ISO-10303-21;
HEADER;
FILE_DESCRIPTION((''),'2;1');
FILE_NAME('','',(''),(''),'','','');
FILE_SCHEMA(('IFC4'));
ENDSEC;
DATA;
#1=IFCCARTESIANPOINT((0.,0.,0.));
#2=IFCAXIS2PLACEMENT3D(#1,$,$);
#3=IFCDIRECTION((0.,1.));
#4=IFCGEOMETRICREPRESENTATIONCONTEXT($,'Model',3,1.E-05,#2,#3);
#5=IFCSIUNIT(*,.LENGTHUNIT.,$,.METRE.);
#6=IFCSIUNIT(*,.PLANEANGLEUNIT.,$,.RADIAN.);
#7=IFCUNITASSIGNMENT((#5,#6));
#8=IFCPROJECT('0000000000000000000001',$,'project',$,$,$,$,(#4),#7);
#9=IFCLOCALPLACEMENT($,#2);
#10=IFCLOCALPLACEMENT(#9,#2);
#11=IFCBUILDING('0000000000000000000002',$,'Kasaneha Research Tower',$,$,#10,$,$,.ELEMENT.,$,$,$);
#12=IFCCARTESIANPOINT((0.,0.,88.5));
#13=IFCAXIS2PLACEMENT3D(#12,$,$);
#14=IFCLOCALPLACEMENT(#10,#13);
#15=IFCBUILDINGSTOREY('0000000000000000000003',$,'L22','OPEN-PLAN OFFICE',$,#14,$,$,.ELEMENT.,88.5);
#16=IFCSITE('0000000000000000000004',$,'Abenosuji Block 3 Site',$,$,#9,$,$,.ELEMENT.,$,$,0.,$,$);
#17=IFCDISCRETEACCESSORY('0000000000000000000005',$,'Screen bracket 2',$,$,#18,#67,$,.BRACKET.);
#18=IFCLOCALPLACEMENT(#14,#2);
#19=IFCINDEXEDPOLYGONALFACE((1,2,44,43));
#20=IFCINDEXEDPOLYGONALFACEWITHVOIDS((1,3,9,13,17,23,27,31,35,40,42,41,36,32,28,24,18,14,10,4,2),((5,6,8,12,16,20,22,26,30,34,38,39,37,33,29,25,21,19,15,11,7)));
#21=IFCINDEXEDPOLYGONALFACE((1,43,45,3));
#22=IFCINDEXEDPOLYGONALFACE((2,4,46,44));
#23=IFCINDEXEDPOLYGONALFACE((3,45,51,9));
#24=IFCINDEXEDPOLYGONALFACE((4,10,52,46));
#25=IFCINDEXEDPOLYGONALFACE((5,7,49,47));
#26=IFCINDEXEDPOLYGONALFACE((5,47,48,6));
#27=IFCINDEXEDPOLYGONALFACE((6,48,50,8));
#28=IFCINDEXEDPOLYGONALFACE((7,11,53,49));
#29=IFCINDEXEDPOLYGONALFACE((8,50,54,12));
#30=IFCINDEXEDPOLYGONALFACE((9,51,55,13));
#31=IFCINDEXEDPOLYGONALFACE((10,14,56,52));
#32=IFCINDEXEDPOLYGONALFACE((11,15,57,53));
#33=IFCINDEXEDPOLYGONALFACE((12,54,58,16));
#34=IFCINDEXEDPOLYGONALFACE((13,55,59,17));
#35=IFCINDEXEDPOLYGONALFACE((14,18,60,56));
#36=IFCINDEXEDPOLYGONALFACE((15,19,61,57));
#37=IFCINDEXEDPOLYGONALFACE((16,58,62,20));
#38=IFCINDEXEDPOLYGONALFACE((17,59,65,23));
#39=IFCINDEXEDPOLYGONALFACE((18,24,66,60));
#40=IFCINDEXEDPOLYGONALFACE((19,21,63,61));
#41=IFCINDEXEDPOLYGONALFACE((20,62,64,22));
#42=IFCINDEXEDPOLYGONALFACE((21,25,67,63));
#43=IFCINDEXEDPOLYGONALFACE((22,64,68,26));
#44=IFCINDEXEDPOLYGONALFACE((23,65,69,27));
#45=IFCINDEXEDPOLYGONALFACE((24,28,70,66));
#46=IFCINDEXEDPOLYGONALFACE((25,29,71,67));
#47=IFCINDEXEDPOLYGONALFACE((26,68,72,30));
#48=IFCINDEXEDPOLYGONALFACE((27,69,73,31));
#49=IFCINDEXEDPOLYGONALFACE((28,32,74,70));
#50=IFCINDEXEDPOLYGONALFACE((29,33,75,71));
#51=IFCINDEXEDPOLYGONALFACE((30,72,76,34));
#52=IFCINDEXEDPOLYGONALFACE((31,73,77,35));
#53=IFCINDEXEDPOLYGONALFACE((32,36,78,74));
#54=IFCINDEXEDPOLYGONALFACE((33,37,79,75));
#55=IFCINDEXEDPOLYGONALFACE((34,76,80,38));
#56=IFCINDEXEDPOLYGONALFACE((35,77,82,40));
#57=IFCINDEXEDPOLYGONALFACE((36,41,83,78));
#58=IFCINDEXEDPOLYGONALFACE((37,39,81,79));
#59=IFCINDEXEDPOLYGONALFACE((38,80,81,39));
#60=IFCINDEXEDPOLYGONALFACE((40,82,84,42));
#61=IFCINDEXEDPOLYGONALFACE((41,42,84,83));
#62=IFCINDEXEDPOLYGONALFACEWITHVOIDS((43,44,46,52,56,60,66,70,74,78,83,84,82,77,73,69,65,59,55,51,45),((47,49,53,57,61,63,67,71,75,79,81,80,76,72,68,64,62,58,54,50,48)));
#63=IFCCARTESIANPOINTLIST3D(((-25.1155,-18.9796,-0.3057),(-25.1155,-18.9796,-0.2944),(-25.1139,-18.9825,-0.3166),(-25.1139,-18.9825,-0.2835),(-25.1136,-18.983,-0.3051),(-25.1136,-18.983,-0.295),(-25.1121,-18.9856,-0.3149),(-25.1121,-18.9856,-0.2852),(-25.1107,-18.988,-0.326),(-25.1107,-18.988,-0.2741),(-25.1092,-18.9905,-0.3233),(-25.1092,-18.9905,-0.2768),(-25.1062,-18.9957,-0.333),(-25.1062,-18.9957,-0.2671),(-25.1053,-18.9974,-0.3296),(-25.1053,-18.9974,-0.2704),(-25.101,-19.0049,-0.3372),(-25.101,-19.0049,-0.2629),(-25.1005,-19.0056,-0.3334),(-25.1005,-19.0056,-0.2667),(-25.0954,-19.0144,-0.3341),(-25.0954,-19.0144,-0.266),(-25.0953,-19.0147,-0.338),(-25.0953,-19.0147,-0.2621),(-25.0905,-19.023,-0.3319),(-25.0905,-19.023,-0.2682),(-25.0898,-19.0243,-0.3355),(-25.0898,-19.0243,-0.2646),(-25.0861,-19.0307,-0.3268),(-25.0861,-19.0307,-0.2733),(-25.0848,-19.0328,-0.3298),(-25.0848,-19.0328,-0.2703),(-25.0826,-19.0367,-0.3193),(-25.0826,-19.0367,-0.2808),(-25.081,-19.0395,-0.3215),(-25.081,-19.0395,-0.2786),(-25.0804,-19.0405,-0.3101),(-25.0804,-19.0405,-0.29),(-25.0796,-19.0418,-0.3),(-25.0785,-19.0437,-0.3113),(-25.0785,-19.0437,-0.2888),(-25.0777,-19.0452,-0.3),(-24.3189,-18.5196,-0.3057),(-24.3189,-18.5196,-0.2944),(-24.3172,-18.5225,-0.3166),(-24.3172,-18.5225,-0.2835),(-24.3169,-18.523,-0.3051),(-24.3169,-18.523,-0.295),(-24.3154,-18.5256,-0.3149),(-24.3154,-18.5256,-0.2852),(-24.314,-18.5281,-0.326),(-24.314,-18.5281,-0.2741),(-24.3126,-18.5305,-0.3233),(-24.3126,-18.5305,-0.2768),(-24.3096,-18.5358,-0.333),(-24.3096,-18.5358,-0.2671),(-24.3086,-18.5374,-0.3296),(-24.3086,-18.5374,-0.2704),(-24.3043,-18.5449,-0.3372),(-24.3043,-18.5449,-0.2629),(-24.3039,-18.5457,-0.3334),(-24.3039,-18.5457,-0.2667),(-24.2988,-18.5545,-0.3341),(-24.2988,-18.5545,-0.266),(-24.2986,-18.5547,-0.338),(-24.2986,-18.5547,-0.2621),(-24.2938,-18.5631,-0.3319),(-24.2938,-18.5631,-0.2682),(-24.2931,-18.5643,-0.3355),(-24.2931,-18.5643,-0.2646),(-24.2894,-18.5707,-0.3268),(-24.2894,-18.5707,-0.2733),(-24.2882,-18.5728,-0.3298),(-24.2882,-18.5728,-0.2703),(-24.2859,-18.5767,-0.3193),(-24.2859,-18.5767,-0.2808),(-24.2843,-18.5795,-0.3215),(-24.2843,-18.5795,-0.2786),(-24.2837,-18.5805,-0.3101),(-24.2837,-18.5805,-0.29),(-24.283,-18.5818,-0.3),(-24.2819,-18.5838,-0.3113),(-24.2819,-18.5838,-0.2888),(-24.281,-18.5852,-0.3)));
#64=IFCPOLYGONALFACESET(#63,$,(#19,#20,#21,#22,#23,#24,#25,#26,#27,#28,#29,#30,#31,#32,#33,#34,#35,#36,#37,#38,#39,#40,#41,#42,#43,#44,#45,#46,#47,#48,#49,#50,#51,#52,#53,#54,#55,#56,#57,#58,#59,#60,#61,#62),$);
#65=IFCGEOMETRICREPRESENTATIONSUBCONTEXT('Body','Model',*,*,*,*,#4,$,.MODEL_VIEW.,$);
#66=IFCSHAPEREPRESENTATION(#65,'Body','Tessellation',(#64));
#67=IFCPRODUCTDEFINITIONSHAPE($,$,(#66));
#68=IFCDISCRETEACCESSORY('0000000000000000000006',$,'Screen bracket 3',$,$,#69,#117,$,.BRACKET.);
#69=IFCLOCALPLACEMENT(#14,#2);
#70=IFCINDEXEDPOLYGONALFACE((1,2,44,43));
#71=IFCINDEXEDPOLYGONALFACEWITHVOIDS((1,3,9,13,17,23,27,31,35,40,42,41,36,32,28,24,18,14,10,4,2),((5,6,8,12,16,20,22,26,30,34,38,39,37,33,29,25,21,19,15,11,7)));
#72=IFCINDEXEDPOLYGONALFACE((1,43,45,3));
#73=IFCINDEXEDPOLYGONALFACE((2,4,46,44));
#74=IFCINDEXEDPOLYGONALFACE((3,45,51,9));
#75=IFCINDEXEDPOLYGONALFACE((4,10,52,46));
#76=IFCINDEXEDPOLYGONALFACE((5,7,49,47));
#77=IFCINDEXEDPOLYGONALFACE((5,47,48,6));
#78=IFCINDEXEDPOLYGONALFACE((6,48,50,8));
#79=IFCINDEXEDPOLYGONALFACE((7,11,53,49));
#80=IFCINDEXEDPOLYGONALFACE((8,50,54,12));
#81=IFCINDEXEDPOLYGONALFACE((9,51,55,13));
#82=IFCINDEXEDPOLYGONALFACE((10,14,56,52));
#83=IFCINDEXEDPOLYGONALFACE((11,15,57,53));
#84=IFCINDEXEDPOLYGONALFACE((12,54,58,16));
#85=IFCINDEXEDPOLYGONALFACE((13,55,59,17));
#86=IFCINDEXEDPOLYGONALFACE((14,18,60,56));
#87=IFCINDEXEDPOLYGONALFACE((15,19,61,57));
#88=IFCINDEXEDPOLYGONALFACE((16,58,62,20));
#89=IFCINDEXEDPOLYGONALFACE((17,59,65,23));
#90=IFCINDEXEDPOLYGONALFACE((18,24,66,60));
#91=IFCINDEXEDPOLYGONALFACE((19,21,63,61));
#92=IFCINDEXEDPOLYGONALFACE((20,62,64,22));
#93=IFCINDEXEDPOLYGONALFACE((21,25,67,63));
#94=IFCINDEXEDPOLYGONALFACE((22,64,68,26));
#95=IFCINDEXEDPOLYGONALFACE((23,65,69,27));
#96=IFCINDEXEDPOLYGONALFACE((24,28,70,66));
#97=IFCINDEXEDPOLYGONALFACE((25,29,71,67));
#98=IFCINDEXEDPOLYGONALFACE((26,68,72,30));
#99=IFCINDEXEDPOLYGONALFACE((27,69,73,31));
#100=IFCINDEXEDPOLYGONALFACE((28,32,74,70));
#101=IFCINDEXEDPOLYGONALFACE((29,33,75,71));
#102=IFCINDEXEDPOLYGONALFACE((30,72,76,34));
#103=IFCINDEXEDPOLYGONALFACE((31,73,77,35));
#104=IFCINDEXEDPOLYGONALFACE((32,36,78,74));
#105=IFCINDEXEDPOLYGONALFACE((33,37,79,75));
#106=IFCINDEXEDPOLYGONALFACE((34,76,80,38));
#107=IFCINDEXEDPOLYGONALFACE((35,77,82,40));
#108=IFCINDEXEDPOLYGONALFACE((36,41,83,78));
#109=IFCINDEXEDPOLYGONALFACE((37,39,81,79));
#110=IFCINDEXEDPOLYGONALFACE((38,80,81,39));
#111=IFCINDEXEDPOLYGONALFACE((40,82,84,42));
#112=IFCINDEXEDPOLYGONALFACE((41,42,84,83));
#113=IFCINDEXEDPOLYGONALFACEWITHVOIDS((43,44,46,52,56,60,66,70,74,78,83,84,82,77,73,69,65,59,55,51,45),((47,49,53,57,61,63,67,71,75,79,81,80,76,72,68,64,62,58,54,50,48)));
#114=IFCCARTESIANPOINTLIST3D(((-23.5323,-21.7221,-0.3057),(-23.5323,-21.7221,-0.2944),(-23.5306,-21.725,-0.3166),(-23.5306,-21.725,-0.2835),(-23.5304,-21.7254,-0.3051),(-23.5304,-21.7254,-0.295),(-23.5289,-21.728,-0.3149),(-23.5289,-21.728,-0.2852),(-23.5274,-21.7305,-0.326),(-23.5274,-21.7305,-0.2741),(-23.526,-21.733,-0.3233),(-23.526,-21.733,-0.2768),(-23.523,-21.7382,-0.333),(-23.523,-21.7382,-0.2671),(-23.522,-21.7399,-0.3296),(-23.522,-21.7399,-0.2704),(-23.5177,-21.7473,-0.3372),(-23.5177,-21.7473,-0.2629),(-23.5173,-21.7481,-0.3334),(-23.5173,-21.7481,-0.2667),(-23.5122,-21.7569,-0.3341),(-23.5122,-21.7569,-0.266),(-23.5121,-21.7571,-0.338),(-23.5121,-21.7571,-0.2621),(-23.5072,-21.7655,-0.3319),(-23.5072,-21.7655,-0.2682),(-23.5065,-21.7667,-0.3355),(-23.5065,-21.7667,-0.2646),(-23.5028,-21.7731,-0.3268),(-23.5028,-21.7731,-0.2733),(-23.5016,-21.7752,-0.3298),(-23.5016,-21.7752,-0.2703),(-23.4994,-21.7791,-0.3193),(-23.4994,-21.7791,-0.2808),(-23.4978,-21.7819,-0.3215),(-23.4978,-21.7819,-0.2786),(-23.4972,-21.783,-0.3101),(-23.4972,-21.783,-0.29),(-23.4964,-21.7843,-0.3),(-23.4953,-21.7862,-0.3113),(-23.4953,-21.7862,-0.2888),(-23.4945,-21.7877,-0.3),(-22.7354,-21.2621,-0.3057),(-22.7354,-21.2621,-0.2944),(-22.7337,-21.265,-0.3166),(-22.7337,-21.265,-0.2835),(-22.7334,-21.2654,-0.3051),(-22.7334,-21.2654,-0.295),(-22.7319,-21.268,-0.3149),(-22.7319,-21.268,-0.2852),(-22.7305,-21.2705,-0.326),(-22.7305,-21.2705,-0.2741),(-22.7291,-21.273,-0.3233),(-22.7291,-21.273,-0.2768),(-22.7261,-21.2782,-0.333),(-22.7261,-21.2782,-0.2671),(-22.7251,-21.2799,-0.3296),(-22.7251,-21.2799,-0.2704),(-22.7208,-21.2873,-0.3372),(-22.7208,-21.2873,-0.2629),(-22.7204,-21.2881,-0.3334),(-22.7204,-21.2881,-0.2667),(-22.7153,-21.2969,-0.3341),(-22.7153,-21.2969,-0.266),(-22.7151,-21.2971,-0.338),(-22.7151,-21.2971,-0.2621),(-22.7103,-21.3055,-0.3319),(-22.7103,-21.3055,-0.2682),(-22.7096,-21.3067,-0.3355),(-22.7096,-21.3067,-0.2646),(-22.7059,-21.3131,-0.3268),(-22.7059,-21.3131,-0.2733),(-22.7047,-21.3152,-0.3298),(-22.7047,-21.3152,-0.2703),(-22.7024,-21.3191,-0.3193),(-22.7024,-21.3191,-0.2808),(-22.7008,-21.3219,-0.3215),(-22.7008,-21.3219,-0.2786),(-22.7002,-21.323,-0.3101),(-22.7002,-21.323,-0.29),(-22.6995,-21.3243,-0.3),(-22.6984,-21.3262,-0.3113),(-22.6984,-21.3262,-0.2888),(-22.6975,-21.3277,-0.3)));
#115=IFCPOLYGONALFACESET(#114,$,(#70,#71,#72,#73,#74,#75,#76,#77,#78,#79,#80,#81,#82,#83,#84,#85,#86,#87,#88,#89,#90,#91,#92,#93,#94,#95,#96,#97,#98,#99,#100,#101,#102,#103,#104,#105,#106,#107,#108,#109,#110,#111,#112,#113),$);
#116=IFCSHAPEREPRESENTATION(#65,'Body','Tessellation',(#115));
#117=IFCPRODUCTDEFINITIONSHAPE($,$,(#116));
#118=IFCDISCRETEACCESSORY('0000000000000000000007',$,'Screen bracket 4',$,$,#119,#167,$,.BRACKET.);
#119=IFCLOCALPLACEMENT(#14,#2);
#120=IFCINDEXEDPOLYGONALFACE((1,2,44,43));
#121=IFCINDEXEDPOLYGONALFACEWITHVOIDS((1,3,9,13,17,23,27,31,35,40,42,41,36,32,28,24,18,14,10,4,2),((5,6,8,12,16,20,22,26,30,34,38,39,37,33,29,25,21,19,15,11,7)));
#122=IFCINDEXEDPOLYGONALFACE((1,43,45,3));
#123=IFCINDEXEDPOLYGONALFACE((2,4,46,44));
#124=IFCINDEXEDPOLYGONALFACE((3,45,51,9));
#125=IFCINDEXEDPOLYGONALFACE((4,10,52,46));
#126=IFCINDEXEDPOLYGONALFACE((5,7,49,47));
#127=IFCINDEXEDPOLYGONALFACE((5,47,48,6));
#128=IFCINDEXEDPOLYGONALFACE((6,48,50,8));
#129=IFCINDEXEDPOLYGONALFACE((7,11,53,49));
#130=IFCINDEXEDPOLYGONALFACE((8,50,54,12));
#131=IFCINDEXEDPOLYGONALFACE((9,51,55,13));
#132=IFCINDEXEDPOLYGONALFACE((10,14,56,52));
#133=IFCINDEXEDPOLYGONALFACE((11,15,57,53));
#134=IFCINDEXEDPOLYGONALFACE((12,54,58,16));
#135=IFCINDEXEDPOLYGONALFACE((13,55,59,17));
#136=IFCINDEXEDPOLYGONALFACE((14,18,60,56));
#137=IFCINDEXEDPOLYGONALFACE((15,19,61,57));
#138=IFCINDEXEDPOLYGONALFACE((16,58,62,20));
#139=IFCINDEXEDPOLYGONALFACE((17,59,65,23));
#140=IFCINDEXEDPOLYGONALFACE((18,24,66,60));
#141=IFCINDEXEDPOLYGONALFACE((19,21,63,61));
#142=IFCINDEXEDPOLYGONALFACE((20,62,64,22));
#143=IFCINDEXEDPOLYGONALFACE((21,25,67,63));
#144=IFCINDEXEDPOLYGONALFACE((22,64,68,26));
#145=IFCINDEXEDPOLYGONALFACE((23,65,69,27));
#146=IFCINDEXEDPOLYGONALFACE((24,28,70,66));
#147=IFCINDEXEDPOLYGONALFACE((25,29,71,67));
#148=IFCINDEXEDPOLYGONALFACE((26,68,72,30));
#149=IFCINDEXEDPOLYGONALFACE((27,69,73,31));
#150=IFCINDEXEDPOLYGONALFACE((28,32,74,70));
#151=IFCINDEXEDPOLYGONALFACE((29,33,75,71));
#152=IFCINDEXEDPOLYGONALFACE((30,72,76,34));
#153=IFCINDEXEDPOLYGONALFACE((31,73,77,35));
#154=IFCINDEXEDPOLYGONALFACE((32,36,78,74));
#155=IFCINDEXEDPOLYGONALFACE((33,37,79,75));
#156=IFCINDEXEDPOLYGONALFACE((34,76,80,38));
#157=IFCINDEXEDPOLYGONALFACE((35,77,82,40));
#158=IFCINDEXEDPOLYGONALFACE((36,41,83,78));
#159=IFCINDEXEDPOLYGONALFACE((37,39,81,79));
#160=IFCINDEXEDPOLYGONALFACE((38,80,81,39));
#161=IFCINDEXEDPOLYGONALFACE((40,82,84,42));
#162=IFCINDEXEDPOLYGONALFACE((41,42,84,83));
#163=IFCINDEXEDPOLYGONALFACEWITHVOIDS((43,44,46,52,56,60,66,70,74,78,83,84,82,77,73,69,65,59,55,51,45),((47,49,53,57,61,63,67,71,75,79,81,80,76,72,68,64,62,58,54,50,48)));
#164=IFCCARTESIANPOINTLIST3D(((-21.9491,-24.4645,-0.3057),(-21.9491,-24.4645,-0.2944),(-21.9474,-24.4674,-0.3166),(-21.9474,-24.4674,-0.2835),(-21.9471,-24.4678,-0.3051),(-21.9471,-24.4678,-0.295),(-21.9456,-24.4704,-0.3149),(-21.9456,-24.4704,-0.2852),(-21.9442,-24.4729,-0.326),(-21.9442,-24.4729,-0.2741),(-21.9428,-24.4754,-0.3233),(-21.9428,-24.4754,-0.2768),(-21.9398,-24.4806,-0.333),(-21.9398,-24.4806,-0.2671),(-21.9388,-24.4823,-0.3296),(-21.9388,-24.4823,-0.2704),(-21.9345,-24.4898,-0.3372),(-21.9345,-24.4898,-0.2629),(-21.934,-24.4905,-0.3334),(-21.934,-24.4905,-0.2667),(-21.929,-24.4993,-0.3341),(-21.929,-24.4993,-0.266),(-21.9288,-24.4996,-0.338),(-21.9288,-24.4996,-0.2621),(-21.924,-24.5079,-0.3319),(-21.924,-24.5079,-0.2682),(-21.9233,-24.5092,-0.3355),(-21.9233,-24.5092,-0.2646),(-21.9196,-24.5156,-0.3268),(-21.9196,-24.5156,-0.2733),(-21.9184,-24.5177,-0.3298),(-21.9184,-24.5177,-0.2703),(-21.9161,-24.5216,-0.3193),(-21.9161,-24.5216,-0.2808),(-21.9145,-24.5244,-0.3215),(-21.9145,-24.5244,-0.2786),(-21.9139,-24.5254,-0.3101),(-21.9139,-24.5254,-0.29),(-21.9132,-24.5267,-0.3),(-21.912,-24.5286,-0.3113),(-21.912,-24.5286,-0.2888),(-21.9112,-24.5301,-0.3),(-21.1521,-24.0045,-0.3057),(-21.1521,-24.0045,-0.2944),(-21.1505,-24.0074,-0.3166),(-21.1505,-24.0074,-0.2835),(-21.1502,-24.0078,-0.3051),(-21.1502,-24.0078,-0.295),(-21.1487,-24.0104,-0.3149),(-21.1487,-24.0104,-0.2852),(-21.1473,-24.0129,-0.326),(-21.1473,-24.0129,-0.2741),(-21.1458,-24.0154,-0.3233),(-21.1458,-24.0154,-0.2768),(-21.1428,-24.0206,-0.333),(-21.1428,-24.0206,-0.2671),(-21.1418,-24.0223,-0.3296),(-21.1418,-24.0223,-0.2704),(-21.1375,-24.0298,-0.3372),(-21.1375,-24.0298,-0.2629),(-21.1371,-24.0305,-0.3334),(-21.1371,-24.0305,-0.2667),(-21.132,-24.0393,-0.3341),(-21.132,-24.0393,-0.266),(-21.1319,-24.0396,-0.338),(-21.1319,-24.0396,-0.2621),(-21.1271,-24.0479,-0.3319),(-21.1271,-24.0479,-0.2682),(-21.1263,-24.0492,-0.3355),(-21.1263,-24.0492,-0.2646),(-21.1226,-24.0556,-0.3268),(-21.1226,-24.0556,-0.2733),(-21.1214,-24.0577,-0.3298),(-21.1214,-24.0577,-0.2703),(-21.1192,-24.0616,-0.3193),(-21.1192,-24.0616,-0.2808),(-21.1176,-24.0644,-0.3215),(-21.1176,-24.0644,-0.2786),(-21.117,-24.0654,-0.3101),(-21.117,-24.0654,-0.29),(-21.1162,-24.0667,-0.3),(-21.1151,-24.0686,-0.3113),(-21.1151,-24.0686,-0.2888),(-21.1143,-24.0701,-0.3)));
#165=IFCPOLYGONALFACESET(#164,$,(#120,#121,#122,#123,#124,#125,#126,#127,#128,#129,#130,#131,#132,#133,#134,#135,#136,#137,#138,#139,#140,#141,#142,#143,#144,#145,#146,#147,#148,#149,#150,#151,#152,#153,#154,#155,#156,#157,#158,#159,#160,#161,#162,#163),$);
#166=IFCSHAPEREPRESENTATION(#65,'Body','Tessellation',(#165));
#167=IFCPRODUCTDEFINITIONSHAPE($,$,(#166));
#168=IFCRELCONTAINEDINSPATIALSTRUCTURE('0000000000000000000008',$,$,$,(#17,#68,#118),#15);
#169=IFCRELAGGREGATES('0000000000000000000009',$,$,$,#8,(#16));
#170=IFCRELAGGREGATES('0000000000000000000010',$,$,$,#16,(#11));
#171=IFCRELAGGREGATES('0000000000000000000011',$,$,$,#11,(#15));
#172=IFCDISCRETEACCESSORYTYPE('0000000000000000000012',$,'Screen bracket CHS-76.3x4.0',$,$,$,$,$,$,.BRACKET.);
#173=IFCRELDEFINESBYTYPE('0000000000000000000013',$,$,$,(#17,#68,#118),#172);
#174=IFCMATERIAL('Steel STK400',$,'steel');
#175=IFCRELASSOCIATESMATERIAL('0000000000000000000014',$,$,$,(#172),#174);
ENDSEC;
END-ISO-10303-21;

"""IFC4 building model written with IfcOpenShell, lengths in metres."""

from ifc_helpers import new_model, si_unit, direction, frame, origin, origin_2d, place, context, subcontext, project, spatial, hollow_circle, extrude, material, material_profile, profile_set, type_object, element, save


model = new_model("IFC4")

# Units and contexts
model_context = context("Model", 3, precision=1e-05, world=origin(), true_north=direction((0.0, 1.0)))
body_context = subcontext(model_context, "Body", "Model", "MODEL_VIEW")
ifc_project = project(units=[si_unit("LENGTHUNIT", "METRE"), si_unit("PLANEANGLEUNIT", "RADIAN")], contexts=[model_context])

# Site, building, storey
site_placement = place(None, origin())
site = spatial("IfcSite", under=ifc_project, at=site_placement, Name="Abenosuji Block 3 Site", CompositionType="ELEMENT", RefElevation=0.0)
building_placement = place(site_placement, origin())
building = spatial("IfcBuilding", under=site, at=building_placement, Name="Kasaneha Research Tower", CompositionType="ELEMENT")
storey_placement = place(building_placement, frame((0.0, 0.0, 88.5)))
storey = spatial("IfcBuildingStorey", under=building, at=storey_placement, Name="L22", Description="OPEN-PLAN OFFICE", CompositionType="ELEMENT", Elevation=88.5)

# Discrete accessories
ifc_material_1 = material(Name="Steel STK400", Category="steel")
ifc_material_profile_1 = material_profile(ifc_material_1, hollow_circle(Radius=0.0381, WallThickness=0.0039, at=origin_2d()), Name="CHS-76.3x4.0")
ifc_profile_set_1 = profile_set([ifc_material_profile_1], Name="Steel STK400")
discrete_accessory_type = type_object("IfcDiscreteAccessoryType", Name="Screen bracket CHS-76.3x4.0", PredefinedType="BRACKET", material=ifc_profile_set_1)
discrete_accessory_1_placement = place(storey_placement, frame((-24.3, -18.5522, -0.3), z_axis=(-0.866013, -0.500021, 0.0), x_axis=(0.500021, -0.866013, 0.0)))
element("IfcDiscreteAccessory", 1, at=discrete_accessory_1_placement, inside=storey, type_object=discrete_accessory_type, Name="Screen bracket 2", PredefinedType="BRACKET", context=body_context, shape_type="SweptSolid", body=[
    extrude(hollow_circle(Radius=0.0381, WallThickness=0.0039, at=origin_2d()), origin(), (0.0, 0.0, 1.0), 0.9199),
])
for number, where, z_axis, x_axis, name in (
    (2, (-22.7166, -21.2947, -0.3), (-0.86608, -0.499906, 0.0), (0.499906, -0.86608, 0.0), "Screen bracket 3"),
    (3, (-21.1333, -24.0371, -0.3), (-0.86608, -0.499906, 0.0), (0.499906, -0.86608, 0.0), "Screen bracket 4"),
):
    element("IfcDiscreteAccessory", number, at=place(storey_placement, frame(where, z_axis=z_axis, x_axis=x_axis)), inside=storey, type_object=discrete_accessory_type, Name=name, PredefinedType="BRACKET", context=body_context, shape_type="SweptSolid", body=[
        extrude(hollow_circle(Radius=0.0381, WallThickness=0.0039, at=origin_2d()), origin(), (0.0, 0.0, 1.0), 0.9202),
    ])

save(model, "model.ifc")
